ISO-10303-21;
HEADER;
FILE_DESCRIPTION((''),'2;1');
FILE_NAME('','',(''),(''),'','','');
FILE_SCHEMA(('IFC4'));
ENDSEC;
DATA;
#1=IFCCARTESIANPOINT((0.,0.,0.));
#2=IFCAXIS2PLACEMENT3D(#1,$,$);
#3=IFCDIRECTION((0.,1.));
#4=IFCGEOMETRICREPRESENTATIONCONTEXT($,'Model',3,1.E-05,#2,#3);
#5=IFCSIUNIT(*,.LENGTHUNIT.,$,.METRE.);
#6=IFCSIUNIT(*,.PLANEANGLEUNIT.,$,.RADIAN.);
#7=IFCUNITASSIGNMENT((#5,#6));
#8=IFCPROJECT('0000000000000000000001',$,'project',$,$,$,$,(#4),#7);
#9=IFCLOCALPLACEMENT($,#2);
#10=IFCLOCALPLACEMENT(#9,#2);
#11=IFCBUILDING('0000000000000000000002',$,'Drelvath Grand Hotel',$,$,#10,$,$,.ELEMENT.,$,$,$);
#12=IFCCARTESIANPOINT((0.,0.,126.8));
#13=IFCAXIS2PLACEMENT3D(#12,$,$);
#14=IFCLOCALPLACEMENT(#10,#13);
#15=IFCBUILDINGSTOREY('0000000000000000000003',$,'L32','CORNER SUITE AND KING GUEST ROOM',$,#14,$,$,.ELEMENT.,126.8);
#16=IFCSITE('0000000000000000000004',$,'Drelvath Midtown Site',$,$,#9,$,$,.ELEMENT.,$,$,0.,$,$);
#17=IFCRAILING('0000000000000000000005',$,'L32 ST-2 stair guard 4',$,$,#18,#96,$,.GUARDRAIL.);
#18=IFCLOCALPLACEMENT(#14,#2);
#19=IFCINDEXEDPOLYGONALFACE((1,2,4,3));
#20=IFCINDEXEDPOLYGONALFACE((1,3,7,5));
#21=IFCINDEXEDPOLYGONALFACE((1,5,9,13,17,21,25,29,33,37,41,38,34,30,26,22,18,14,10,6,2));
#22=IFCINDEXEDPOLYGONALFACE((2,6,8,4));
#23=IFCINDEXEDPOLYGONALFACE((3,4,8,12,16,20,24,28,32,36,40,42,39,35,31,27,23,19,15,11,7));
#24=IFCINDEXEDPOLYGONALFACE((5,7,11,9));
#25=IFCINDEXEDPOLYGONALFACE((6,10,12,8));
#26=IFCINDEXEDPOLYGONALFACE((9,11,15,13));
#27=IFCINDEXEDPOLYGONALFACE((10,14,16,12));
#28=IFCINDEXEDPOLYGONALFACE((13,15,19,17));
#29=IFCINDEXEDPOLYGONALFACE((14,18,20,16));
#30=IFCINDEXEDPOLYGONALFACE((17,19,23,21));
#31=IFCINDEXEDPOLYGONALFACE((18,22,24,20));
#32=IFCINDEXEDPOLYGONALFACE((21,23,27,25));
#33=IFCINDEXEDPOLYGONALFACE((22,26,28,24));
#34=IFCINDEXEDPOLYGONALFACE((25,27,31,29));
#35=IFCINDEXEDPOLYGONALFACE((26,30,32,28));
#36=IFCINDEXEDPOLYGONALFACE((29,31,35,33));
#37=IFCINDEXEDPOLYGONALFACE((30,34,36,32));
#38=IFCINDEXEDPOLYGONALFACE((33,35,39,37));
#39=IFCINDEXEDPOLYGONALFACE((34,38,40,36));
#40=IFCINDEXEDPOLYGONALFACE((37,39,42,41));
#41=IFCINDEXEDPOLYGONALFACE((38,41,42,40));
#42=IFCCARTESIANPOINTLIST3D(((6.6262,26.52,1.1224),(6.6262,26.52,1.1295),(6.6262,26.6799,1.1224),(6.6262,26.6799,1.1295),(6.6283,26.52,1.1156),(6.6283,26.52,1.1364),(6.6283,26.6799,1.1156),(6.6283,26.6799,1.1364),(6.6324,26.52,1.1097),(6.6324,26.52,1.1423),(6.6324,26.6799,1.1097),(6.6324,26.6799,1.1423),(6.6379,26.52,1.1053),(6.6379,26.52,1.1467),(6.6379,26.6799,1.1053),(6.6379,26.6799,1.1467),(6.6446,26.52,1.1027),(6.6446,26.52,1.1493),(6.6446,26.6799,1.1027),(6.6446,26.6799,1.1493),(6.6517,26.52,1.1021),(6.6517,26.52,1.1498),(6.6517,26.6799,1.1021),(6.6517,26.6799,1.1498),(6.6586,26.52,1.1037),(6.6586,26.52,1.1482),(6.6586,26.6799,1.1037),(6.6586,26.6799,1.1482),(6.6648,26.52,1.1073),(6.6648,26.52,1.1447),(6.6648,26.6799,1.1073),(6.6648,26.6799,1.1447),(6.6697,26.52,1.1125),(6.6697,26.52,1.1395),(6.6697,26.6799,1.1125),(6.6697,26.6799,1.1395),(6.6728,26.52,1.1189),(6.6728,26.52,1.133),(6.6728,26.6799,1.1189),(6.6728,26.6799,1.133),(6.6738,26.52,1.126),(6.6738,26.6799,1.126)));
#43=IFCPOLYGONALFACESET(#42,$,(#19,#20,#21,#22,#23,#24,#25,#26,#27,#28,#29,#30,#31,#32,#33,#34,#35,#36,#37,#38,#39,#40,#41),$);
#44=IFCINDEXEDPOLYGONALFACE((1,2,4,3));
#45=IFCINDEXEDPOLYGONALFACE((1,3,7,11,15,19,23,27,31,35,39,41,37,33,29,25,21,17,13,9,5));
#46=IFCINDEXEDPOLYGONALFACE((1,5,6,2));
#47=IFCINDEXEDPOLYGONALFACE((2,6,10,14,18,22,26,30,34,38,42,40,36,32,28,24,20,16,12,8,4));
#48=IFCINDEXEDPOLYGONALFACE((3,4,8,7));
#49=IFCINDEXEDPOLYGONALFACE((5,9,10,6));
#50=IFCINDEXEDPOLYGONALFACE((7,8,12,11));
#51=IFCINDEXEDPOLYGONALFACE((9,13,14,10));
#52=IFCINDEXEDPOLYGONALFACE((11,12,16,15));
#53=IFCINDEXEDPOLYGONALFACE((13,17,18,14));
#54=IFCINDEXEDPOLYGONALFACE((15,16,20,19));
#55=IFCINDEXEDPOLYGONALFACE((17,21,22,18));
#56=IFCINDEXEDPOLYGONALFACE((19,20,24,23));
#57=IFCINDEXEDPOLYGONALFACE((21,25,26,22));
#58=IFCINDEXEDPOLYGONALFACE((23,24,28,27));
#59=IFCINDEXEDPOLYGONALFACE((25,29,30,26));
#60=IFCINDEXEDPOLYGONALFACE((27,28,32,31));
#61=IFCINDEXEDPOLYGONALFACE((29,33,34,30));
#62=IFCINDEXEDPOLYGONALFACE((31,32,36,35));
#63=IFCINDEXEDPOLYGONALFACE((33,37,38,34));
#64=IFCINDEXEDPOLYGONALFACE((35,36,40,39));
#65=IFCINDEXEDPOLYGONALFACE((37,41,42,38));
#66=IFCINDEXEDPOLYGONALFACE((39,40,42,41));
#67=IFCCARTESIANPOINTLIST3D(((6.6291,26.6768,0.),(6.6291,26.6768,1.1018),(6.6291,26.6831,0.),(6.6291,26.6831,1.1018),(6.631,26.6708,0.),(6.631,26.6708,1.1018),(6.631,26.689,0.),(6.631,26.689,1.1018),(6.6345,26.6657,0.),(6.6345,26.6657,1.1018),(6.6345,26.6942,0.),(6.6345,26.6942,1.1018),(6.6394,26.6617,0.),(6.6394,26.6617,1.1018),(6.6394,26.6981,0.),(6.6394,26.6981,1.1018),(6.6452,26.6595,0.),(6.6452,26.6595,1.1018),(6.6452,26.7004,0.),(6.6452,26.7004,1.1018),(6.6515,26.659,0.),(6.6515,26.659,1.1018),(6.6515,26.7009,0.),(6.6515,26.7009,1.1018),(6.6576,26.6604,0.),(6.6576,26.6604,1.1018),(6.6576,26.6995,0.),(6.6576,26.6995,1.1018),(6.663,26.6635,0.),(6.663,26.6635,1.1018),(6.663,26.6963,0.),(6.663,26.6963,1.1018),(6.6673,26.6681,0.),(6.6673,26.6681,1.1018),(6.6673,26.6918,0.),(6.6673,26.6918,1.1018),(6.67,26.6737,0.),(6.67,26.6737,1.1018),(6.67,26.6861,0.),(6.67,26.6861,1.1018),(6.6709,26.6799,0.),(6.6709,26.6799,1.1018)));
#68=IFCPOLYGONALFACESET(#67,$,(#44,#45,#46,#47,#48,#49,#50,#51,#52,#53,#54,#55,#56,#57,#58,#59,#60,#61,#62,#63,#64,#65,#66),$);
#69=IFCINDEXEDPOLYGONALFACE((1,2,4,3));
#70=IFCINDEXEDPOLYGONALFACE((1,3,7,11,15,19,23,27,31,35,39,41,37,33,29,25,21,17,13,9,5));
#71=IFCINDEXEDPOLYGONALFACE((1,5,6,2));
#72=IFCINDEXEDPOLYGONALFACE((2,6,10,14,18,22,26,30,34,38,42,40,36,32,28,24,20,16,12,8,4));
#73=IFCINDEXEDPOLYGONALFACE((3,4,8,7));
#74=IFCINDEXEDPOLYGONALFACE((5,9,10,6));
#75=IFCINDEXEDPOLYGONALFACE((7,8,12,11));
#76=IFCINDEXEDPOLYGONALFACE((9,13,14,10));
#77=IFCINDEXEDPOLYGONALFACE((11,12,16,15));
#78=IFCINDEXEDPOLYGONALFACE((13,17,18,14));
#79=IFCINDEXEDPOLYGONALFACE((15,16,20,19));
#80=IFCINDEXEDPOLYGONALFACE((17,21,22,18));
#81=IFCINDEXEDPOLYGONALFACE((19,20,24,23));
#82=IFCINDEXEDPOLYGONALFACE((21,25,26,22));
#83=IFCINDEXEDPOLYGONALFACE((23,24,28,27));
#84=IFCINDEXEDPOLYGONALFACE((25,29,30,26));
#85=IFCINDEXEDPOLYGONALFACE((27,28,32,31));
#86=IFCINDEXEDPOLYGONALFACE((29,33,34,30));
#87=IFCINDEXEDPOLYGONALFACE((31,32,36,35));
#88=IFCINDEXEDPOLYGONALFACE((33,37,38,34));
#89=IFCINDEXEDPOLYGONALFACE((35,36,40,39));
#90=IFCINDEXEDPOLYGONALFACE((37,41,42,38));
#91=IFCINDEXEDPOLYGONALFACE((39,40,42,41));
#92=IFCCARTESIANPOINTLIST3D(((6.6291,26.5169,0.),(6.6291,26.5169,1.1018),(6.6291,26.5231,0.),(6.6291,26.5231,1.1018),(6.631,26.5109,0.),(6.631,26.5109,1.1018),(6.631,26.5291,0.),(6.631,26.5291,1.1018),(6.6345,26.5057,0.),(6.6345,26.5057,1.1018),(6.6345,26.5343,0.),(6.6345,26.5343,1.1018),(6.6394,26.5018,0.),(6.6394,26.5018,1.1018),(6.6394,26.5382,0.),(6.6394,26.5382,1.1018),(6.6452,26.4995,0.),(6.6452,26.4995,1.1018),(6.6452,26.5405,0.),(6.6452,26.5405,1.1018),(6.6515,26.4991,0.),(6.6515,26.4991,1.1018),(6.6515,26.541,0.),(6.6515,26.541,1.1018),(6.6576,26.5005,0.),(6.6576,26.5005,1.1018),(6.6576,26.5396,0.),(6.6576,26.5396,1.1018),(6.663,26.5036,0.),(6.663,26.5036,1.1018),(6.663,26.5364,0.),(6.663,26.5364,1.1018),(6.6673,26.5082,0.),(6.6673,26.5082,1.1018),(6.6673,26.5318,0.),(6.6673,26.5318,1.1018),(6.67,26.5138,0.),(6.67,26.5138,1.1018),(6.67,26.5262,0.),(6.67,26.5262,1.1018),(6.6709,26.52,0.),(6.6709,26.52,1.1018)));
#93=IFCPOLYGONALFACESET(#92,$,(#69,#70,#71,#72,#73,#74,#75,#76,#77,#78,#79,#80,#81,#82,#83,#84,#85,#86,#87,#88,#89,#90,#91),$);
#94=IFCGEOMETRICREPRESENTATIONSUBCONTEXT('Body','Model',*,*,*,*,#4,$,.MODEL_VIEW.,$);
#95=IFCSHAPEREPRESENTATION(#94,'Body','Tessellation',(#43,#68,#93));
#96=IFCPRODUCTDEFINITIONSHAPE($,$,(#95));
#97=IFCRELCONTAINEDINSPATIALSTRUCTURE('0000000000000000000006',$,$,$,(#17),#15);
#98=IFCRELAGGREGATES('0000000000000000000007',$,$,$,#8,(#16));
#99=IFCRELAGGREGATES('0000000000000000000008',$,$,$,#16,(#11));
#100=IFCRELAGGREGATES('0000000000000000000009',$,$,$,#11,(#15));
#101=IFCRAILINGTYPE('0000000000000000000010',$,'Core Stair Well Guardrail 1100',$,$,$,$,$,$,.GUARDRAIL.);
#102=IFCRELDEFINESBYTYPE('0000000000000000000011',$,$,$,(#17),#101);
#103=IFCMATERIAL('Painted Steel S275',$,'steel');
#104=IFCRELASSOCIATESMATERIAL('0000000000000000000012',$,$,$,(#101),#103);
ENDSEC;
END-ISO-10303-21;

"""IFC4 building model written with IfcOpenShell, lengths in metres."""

from ifc_helpers import new_model, si_unit, direction, frame, origin, origin_2d, place, context, subcontext, project, spatial, circle, extrude, material, type_object, element, save


model = new_model("IFC4")

# Units and contexts
model_context = context("Model", 3, precision=1e-05, world=origin(), true_north=direction((0.0, 1.0)))
body_context = subcontext(model_context, "Body", "Model", "MODEL_VIEW")
ifc_project = project(units=[si_unit("LENGTHUNIT", "METRE"), si_unit("PLANEANGLEUNIT", "RADIAN")], contexts=[model_context])

# Site, building, storey
site_placement = place(None, origin())
site = spatial("IfcSite", under=ifc_project, at=site_placement, Name="Drelvath Midtown Site", CompositionType="ELEMENT", RefElevation=0.0)
building_placement = place(site_placement, origin())
building = spatial("IfcBuilding", under=site, at=building_placement, Name="Drelvath Grand Hotel", CompositionType="ELEMENT")
storey_placement = place(building_placement, frame((0.0, 0.0, 126.8)))
storey = spatial("IfcBuildingStorey", under=building, at=storey_placement, Name="L32", Description="CORNER SUITE AND KING GUEST ROOM", CompositionType="ELEMENT", Elevation=126.8)

# Shared definitions
ifc_material_1 = material(Name="Painted Steel S275", Category="steel")

# Railing
railing_type_1 = type_object("IfcRailingType", Name="Core Stair Well Guardrail 1100", PredefinedType="GUARDRAIL", material=ifc_material_1)
railing_1_placement = place(storey_placement, frame((6.6499, 26.6799, 0.0)))
element("IfcRailing", 1, at=railing_1_placement, inside=storey, type_object=railing_type_1, Name="L32 ST-2 stair guard 4", PredefinedType="GUARDRAIL", context=body_context, shape_type="SweptSolid", body=[
    extrude(circle(Radius=0.0239, at=origin_2d()), frame((0.0, 0.0, 1.126), z_axis=(0.0, -1.0, 0.0), x_axis=(1.0, 0.0, 0.0)), (0.0, 0.0, 1.0), 0.1599),
    extrude(circle(Radius=0.021, at=origin_2d()), origin(), (0.0, 0.0, 1.0), 1.1018),
    extrude(circle(Radius=0.021, at=origin_2d()), frame((0.0, -0.1599, 0.0)), (0.0, 0.0, 1.0), 1.1018),
])

save(model, "model.ifc")
